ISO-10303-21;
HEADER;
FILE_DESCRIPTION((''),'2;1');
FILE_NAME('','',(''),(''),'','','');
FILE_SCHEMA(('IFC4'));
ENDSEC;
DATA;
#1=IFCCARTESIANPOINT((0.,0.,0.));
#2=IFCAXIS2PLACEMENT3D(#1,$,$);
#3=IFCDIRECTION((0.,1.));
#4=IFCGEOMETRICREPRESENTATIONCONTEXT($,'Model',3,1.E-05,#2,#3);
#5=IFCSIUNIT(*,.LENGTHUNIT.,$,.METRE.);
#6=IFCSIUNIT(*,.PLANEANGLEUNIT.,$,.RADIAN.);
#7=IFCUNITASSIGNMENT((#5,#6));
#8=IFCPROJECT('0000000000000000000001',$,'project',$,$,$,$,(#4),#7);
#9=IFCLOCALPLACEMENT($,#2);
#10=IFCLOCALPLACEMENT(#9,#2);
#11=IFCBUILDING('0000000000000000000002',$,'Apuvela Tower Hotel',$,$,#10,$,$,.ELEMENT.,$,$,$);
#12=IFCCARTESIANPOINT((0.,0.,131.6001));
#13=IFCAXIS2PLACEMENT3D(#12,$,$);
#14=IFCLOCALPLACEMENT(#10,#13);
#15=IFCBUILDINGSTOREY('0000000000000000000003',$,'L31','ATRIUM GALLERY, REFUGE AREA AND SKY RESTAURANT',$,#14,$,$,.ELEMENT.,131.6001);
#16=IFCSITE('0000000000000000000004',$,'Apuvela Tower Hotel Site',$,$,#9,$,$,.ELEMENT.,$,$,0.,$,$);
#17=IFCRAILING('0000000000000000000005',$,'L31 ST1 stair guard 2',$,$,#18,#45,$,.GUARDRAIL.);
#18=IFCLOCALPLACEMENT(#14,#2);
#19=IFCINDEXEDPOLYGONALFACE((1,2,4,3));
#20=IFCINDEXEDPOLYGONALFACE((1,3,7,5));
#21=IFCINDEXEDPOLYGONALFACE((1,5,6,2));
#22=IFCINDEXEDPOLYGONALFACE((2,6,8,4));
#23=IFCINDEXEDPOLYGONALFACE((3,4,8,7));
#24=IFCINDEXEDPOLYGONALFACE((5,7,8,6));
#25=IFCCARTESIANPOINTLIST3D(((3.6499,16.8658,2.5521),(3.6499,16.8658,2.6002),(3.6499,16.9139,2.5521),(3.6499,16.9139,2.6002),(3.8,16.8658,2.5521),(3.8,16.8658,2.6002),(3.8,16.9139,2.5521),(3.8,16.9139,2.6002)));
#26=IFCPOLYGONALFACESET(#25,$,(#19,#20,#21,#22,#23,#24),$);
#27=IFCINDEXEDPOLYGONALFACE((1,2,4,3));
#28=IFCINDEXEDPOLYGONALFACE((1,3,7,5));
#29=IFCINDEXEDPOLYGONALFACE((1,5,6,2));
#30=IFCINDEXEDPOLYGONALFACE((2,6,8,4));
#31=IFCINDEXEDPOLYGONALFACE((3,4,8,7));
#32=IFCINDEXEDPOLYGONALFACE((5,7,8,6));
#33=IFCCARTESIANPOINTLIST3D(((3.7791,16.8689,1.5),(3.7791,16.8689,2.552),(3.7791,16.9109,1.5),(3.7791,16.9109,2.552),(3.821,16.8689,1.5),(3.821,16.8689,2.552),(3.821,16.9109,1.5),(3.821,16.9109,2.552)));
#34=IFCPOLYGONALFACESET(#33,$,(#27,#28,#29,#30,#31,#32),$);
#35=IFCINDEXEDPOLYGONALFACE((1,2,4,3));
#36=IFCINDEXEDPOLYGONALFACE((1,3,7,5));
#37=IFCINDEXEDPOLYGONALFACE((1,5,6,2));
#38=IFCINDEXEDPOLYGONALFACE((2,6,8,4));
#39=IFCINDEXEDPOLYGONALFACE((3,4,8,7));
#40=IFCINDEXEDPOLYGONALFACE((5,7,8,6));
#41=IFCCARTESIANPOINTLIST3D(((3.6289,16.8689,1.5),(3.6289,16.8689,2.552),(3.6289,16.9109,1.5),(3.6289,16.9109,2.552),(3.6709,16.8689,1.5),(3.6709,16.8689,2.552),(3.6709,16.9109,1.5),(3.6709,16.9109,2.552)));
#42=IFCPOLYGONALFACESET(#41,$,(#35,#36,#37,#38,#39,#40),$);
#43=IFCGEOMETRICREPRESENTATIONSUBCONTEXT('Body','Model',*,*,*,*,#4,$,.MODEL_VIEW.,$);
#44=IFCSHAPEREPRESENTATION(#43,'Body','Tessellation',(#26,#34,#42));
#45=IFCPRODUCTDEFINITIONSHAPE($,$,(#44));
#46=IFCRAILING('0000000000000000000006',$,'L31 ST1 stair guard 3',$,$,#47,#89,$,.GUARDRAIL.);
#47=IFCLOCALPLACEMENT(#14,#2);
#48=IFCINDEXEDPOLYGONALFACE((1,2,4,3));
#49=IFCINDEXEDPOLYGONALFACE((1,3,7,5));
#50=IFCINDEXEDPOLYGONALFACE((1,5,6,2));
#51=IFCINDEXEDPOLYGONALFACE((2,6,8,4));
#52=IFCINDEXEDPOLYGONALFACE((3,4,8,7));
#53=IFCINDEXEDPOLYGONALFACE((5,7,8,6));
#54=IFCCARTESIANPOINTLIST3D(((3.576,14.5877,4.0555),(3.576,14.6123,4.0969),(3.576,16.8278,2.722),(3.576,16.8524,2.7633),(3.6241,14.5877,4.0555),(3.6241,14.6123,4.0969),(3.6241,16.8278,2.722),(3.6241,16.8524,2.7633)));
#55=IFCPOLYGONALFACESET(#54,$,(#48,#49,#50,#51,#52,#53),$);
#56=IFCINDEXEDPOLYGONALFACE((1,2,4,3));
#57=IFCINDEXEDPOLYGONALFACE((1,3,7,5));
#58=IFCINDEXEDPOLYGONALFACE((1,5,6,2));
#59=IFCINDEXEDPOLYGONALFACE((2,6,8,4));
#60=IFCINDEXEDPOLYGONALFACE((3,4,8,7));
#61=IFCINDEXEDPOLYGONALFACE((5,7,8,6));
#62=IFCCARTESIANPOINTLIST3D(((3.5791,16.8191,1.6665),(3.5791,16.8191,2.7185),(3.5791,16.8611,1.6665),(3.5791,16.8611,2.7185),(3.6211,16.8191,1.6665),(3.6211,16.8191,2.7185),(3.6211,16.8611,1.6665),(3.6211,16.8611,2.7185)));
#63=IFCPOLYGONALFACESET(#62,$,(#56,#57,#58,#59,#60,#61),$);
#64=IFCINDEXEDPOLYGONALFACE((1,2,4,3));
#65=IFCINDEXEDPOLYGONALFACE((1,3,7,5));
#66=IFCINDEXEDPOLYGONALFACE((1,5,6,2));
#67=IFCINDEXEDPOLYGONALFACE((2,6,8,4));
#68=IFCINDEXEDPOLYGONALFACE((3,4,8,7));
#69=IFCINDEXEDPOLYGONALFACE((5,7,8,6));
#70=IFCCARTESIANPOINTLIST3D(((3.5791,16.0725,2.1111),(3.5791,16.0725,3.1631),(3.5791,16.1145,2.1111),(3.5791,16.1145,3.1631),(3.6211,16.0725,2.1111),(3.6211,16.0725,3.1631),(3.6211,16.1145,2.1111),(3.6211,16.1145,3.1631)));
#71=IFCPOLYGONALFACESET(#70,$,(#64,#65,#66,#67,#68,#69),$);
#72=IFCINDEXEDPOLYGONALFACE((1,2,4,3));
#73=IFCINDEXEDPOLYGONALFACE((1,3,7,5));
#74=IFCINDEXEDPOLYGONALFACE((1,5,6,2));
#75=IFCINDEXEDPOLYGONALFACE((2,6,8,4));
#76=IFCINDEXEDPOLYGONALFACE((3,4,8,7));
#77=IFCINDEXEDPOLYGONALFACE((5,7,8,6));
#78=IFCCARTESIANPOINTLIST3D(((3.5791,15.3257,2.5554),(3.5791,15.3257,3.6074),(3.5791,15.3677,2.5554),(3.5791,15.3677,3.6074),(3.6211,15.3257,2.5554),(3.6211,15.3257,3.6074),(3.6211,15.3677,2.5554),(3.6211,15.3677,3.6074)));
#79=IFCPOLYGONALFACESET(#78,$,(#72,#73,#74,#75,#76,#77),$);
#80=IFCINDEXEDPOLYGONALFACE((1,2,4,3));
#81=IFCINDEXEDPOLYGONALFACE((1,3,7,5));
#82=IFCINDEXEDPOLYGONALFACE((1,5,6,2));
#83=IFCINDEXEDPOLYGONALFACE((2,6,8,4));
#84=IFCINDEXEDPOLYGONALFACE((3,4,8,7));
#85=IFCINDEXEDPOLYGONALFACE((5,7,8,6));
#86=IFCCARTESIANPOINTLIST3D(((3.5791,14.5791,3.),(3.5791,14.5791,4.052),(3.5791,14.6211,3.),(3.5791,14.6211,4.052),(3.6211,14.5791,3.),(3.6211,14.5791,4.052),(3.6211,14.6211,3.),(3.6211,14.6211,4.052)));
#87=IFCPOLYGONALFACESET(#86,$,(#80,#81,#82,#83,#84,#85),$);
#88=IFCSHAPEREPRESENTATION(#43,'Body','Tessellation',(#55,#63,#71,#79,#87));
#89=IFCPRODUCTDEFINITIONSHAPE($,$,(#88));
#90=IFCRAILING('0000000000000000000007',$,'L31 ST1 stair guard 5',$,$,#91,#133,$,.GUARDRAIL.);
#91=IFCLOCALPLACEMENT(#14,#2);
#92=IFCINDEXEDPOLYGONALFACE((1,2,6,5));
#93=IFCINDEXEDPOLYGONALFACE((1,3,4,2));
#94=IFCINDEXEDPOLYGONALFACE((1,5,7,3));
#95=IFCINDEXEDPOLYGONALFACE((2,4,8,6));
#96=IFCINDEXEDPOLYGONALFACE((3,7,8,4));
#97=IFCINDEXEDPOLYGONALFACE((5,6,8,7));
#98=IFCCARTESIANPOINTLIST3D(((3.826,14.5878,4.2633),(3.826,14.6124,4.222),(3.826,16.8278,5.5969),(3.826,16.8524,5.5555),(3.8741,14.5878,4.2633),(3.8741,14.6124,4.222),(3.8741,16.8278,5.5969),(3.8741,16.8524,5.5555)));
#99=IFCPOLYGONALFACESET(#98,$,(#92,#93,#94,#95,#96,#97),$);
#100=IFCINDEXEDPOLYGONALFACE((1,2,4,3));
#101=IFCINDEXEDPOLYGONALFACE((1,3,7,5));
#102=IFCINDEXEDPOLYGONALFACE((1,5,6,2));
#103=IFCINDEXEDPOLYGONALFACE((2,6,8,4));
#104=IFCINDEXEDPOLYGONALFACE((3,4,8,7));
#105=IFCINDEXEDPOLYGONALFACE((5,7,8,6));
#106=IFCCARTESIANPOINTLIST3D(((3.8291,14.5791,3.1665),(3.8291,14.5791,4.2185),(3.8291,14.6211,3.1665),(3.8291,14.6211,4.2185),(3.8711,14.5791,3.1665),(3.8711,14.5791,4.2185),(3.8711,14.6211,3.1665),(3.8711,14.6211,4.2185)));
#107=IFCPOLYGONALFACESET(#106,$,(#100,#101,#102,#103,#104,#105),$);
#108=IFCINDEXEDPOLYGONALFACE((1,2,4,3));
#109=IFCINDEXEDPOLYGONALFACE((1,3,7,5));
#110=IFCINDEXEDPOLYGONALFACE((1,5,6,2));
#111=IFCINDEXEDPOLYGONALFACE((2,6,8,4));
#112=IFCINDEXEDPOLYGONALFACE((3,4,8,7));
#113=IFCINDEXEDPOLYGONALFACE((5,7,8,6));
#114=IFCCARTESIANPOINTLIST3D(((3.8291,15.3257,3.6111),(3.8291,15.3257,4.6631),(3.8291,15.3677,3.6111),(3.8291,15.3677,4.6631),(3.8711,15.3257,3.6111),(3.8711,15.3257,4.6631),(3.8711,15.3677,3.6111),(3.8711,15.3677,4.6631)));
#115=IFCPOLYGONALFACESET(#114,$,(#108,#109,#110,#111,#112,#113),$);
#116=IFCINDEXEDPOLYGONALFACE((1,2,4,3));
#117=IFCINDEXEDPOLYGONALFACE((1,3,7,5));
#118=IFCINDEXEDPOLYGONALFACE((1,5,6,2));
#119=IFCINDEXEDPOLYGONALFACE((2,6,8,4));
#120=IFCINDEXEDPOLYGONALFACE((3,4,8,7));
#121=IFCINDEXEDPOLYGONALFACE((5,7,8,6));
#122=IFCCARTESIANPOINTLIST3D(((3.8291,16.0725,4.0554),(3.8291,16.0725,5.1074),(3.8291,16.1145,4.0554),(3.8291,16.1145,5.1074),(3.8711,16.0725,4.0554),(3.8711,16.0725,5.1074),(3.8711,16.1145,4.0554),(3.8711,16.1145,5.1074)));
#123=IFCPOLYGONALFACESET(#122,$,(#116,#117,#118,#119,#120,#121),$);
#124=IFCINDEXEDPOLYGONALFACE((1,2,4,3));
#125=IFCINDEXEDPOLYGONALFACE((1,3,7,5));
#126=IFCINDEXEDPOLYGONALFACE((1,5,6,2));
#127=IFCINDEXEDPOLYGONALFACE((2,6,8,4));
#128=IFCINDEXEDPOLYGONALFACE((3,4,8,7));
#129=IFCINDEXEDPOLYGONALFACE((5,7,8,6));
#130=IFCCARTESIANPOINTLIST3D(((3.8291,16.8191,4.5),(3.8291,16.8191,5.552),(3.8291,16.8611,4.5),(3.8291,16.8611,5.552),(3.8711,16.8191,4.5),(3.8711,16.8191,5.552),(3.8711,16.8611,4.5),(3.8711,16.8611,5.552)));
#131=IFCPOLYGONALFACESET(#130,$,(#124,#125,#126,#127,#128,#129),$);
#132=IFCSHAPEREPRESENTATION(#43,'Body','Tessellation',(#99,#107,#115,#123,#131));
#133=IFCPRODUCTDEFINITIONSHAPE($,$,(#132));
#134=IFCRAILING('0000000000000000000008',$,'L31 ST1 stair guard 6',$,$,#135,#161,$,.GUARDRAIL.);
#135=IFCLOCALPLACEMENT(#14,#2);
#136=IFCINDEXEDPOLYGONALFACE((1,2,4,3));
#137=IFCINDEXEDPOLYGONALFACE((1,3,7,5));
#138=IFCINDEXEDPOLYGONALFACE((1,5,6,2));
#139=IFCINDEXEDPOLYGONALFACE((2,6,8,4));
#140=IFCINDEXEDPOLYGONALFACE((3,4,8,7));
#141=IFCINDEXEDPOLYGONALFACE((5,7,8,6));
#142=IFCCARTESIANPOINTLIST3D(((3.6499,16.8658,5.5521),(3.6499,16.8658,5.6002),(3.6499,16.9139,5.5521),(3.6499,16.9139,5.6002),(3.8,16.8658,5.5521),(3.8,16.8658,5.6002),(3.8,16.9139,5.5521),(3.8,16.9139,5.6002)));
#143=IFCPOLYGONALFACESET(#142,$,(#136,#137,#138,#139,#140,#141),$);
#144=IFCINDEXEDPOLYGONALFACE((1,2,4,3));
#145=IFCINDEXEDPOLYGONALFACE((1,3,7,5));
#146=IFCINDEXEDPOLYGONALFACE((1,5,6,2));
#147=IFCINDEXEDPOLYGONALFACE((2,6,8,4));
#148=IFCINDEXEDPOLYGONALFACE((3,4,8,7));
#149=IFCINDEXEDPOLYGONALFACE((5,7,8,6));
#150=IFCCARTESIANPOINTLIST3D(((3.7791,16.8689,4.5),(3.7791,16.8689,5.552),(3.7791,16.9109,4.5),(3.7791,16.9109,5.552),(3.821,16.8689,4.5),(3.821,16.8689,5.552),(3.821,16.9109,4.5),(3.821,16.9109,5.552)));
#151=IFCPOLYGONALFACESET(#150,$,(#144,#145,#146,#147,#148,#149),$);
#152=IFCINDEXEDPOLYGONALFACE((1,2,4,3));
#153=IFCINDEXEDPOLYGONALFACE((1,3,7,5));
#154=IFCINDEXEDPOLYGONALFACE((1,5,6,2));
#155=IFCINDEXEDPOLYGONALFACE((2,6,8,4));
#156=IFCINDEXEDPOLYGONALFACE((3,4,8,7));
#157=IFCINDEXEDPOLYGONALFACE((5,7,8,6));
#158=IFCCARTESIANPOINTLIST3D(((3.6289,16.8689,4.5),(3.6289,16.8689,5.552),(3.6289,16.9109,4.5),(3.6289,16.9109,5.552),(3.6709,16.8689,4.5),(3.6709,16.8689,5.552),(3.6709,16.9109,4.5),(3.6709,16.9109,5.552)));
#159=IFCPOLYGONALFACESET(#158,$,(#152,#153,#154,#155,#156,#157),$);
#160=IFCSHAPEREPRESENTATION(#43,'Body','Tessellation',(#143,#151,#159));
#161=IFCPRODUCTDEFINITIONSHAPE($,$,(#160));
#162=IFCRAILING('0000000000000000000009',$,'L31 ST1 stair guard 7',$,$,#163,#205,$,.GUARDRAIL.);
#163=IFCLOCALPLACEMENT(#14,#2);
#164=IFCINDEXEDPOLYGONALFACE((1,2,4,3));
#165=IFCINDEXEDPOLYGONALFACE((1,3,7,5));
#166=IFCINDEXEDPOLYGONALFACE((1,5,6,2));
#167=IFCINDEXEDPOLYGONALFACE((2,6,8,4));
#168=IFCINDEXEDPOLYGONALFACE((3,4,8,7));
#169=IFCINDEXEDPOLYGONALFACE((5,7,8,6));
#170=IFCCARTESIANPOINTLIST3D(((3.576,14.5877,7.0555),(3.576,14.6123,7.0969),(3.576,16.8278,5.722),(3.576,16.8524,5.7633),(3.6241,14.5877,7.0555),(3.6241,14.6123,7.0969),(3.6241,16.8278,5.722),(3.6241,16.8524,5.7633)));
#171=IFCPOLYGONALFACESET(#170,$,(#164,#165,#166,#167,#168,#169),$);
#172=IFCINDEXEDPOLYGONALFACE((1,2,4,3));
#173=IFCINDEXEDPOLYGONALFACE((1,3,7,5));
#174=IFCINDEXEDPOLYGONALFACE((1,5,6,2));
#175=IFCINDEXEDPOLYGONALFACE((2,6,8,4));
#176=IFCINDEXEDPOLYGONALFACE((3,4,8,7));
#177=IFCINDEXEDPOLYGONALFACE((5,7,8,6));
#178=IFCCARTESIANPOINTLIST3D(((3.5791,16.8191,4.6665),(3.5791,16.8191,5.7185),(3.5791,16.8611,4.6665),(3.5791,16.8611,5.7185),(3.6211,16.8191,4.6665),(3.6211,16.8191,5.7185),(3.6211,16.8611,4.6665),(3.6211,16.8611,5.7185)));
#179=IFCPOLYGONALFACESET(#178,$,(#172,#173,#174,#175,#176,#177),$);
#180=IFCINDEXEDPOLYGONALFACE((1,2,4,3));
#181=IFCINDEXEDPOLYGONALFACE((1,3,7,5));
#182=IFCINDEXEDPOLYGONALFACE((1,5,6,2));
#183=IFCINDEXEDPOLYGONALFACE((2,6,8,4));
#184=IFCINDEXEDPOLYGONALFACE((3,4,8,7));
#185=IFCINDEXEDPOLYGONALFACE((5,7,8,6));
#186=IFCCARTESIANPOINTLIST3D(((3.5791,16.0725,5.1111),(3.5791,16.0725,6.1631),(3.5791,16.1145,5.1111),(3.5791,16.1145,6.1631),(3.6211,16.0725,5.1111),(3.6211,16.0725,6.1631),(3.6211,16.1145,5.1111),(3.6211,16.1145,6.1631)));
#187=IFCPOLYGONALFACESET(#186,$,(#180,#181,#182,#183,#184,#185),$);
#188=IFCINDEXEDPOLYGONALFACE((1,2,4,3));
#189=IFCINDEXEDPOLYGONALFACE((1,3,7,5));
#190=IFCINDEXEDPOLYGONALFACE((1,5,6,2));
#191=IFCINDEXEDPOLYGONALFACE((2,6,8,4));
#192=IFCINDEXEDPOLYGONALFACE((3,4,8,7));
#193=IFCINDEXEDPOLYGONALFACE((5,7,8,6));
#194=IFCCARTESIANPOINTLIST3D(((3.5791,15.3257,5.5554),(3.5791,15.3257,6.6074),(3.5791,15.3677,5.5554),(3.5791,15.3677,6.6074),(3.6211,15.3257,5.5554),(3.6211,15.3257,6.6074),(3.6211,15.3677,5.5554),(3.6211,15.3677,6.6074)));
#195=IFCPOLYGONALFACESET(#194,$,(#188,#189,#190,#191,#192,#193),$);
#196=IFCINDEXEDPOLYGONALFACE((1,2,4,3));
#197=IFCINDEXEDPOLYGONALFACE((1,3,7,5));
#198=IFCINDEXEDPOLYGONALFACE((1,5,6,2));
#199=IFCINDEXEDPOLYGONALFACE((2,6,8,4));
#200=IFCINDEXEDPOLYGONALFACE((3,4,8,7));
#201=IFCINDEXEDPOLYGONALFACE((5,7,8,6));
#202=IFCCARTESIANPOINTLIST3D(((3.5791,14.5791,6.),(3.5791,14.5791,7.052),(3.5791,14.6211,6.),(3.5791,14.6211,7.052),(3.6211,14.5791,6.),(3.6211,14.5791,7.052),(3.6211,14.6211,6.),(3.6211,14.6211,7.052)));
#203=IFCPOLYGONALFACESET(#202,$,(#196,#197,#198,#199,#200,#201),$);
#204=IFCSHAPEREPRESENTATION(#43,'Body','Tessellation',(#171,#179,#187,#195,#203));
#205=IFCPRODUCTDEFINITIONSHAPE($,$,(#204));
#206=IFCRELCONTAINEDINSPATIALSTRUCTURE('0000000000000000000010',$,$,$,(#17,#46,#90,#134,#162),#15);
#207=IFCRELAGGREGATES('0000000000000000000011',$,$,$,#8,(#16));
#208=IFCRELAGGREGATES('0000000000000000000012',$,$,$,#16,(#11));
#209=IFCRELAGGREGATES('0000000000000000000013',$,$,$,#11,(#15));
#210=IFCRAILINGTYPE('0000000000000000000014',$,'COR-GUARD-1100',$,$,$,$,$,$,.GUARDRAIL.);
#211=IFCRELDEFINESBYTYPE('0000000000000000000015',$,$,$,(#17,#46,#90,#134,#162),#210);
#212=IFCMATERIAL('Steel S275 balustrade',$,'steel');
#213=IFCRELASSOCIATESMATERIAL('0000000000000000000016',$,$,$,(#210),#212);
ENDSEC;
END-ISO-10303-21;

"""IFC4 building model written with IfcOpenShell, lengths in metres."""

from ifc_helpers import new_model, si_unit, direction, frame, origin, origin_2d, place, context, subcontext, project, spatial, rectangle, extrude, material, type_object, element, save


model = new_model("IFC4")

# Units and contexts
model_context = context("Model", 3, precision=1e-05, world=origin(), true_north=direction((0.0, 1.0)))
body_context = subcontext(model_context, "Body", "Model", "MODEL_VIEW")
ifc_project = project(units=[si_unit("LENGTHUNIT", "METRE"), si_unit("PLANEANGLEUNIT", "RADIAN")], contexts=[model_context])

# Site, building, storey
site_placement = place(None, origin())
site = spatial("IfcSite", under=ifc_project, at=site_placement, Name="Apuvela Tower Hotel Site", CompositionType="ELEMENT", RefElevation=0.0)
building_placement = place(site_placement, origin())
building = spatial("IfcBuilding", under=site, at=building_placement, Name="Apuvela Tower Hotel", CompositionType="ELEMENT")
storey_placement = place(building_placement, frame((0.0, 0.0, 131.6001)))
storey = spatial("IfcBuildingStorey", under=building, at=storey_placement, Name="L31", Description="ATRIUM GALLERY, REFUGE AREA AND SKY RESTAURANT", CompositionType="ELEMENT", Elevation=131.6001)

# Railings
ifc_material_1 = material(Name="Steel S275 balustrade", Category="steel")
railing_type_1 = type_object("IfcRailingType", Name="COR-GUARD-1100", PredefinedType="GUARDRAIL", material=ifc_material_1)
railing_1_placement = place(storey_placement, frame((3.8, 16.8899, 1.5)))
element("IfcRailing", 1, at=railing_1_placement, inside=storey, type_object=railing_type_1, Name="L31 ST1 stair guard 2", PredefinedType="GUARDRAIL", context=body_context, shape_type="SweptSolid", body=[
    extrude(rectangle(XDim=0.0481, YDim=0.0481, at=origin_2d()), frame((0.0, 0.0, 1.0762), z_axis=(-1.0, 0.0, 0.0), x_axis=(0.0, -1.0, 0.0)), (0.0, 0.0, 1.0), 0.1501),
    extrude(rectangle(XDim=0.042, YDim=0.042, at=origin_2d()), origin(), (0.0, 0.0, 1.0), 1.052),
    extrude(rectangle(XDim=0.042, YDim=0.042, at=origin_2d()), frame((-0.1501, 0.0, 0.0)), (0.0, 0.0, 1.0), 1.052),
])
railing_2_placement = place(storey_placement, frame((3.6001, 16.8401, 1.6665)))
element("IfcRailing", 2, at=railing_2_placement, inside=storey, type_object=railing_type_1, Name="L31 ST1 stair guard 3", PredefinedType="GUARDRAIL", context=body_context, shape_type="SweptSolid", body=[
    extrude(rectangle(XDim=0.0481, YDim=0.0481, at=origin_2d()), frame((0.0, 0.0, 1.0762), z_axis=(0.0, -0.859264, 0.511532), x_axis=(1.0, 0.0, 0.0)), (0.0, 0.0, 1.0), 2.6069),
    extrude(rectangle(XDim=0.042, YDim=0.042, at=origin_2d()), origin(), (0.0, 0.0, 1.0), 1.052),
    extrude(rectangle(XDim=0.042, YDim=0.042, at=origin_2d()), frame((0.0, -0.7466, 0.4446)), (0.0, 0.0, 1.0), 1.052),
    extrude(rectangle(XDim=0.042, YDim=0.042, at=origin_2d()), frame((0.0, -1.4934, 0.8889)), (0.0, 0.0, 1.0), 1.052),
    extrude(rectangle(XDim=0.042, YDim=0.042, at=origin_2d()), frame((0.0, -2.24, 1.3335)), (0.0, 0.0, 1.0), 1.052),
])
railing_3_placement = place(storey_placement, frame((3.8501, 14.6001, 3.1665)))
element("IfcRailing", 3, at=railing_3_placement, inside=storey, type_object=railing_type_1, Name="L31 ST1 stair guard 5", PredefinedType="GUARDRAIL", context=body_context, shape_type="SweptSolid", body=[
    extrude(rectangle(XDim=0.0481, YDim=0.0481, at=origin_2d()), frame((0.0, 0.0, 1.0762), z_axis=(0.0, 0.859264, 0.511532), x_axis=(-1.0, 0.0, 0.0)), (0.0, 0.0, 1.0), 2.6069),
    extrude(rectangle(XDim=0.042, YDim=0.042, at=origin_2d()), origin(), (0.0, 0.0, 1.0), 1.052),
    extrude(rectangle(XDim=0.042, YDim=0.042, at=origin_2d()), frame((0.0, 0.7466, 0.4446)), (0.0, 0.0, 1.0), 1.052),
    extrude(rectangle(XDim=0.042, YDim=0.042, at=origin_2d()), frame((0.0, 1.4934, 0.8889)), (0.0, 0.0, 1.0), 1.052),
    extrude(rectangle(XDim=0.042, YDim=0.042, at=origin_2d()), frame((0.0, 2.24, 1.3335)), (0.0, 0.0, 1.0), 1.052),
])
railing_4_placement = place(storey_placement, frame((3.8, 16.8899, 4.5)))
element("IfcRailing", 4, at=railing_4_placement, inside=storey, type_object=railing_type_1, Name="L31 ST1 stair guard 6", PredefinedType="GUARDRAIL", context=body_context, shape_type="SweptSolid", body=[
    extrude(rectangle(XDim=0.0481, YDim=0.0481, at=origin_2d()), frame((0.0, 0.0, 1.0762), z_axis=(-1.0, 0.0, 0.0), x_axis=(0.0, -1.0, 0.0)), (0.0, 0.0, 1.0), 0.1501),
    extrude(rectangle(XDim=0.042, YDim=0.042, at=origin_2d()), origin(), (0.0, 0.0, 1.0), 1.052),
    extrude(rectangle(XDim=0.042, YDim=0.042, at=origin_2d()), frame((-0.1501, 0.0, 0.0)), (0.0, 0.0, 1.0), 1.052),
])
railing_5_placement = place(storey_placement, frame((3.6001, 16.8401, 4.6665)))
element("IfcRailing", 5, at=railing_5_placement, inside=storey, type_object=railing_type_1, Name="L31 ST1 stair guard 7", PredefinedType="GUARDRAIL", context=body_context, shape_type="SweptSolid", body=[
    extrude(rectangle(XDim=0.0481, YDim=0.0481, at=origin_2d()), frame((0.0, 0.0, 1.0762), z_axis=(0.0, -0.859264, 0.511532), x_axis=(1.0, 0.0, 0.0)), (0.0, 0.0, 1.0), 2.6069),
    extrude(rectangle(XDim=0.042, YDim=0.042, at=origin_2d()), origin(), (0.0, 0.0, 1.0), 1.052),
    extrude(rectangle(XDim=0.042, YDim=0.042, at=origin_2d()), frame((0.0, -0.7466, 0.4446)), (0.0, 0.0, 1.0), 1.052),
    extrude(rectangle(XDim=0.042, YDim=0.042, at=origin_2d()), frame((0.0, -1.4934, 0.8889)), (0.0, 0.0, 1.0), 1.052),
    extrude(rectangle(XDim=0.042, YDim=0.042, at=origin_2d()), frame((0.0, -2.24, 1.3335)), (0.0, 0.0, 1.0), 1.052),
])

save(model, "model.ifc")
